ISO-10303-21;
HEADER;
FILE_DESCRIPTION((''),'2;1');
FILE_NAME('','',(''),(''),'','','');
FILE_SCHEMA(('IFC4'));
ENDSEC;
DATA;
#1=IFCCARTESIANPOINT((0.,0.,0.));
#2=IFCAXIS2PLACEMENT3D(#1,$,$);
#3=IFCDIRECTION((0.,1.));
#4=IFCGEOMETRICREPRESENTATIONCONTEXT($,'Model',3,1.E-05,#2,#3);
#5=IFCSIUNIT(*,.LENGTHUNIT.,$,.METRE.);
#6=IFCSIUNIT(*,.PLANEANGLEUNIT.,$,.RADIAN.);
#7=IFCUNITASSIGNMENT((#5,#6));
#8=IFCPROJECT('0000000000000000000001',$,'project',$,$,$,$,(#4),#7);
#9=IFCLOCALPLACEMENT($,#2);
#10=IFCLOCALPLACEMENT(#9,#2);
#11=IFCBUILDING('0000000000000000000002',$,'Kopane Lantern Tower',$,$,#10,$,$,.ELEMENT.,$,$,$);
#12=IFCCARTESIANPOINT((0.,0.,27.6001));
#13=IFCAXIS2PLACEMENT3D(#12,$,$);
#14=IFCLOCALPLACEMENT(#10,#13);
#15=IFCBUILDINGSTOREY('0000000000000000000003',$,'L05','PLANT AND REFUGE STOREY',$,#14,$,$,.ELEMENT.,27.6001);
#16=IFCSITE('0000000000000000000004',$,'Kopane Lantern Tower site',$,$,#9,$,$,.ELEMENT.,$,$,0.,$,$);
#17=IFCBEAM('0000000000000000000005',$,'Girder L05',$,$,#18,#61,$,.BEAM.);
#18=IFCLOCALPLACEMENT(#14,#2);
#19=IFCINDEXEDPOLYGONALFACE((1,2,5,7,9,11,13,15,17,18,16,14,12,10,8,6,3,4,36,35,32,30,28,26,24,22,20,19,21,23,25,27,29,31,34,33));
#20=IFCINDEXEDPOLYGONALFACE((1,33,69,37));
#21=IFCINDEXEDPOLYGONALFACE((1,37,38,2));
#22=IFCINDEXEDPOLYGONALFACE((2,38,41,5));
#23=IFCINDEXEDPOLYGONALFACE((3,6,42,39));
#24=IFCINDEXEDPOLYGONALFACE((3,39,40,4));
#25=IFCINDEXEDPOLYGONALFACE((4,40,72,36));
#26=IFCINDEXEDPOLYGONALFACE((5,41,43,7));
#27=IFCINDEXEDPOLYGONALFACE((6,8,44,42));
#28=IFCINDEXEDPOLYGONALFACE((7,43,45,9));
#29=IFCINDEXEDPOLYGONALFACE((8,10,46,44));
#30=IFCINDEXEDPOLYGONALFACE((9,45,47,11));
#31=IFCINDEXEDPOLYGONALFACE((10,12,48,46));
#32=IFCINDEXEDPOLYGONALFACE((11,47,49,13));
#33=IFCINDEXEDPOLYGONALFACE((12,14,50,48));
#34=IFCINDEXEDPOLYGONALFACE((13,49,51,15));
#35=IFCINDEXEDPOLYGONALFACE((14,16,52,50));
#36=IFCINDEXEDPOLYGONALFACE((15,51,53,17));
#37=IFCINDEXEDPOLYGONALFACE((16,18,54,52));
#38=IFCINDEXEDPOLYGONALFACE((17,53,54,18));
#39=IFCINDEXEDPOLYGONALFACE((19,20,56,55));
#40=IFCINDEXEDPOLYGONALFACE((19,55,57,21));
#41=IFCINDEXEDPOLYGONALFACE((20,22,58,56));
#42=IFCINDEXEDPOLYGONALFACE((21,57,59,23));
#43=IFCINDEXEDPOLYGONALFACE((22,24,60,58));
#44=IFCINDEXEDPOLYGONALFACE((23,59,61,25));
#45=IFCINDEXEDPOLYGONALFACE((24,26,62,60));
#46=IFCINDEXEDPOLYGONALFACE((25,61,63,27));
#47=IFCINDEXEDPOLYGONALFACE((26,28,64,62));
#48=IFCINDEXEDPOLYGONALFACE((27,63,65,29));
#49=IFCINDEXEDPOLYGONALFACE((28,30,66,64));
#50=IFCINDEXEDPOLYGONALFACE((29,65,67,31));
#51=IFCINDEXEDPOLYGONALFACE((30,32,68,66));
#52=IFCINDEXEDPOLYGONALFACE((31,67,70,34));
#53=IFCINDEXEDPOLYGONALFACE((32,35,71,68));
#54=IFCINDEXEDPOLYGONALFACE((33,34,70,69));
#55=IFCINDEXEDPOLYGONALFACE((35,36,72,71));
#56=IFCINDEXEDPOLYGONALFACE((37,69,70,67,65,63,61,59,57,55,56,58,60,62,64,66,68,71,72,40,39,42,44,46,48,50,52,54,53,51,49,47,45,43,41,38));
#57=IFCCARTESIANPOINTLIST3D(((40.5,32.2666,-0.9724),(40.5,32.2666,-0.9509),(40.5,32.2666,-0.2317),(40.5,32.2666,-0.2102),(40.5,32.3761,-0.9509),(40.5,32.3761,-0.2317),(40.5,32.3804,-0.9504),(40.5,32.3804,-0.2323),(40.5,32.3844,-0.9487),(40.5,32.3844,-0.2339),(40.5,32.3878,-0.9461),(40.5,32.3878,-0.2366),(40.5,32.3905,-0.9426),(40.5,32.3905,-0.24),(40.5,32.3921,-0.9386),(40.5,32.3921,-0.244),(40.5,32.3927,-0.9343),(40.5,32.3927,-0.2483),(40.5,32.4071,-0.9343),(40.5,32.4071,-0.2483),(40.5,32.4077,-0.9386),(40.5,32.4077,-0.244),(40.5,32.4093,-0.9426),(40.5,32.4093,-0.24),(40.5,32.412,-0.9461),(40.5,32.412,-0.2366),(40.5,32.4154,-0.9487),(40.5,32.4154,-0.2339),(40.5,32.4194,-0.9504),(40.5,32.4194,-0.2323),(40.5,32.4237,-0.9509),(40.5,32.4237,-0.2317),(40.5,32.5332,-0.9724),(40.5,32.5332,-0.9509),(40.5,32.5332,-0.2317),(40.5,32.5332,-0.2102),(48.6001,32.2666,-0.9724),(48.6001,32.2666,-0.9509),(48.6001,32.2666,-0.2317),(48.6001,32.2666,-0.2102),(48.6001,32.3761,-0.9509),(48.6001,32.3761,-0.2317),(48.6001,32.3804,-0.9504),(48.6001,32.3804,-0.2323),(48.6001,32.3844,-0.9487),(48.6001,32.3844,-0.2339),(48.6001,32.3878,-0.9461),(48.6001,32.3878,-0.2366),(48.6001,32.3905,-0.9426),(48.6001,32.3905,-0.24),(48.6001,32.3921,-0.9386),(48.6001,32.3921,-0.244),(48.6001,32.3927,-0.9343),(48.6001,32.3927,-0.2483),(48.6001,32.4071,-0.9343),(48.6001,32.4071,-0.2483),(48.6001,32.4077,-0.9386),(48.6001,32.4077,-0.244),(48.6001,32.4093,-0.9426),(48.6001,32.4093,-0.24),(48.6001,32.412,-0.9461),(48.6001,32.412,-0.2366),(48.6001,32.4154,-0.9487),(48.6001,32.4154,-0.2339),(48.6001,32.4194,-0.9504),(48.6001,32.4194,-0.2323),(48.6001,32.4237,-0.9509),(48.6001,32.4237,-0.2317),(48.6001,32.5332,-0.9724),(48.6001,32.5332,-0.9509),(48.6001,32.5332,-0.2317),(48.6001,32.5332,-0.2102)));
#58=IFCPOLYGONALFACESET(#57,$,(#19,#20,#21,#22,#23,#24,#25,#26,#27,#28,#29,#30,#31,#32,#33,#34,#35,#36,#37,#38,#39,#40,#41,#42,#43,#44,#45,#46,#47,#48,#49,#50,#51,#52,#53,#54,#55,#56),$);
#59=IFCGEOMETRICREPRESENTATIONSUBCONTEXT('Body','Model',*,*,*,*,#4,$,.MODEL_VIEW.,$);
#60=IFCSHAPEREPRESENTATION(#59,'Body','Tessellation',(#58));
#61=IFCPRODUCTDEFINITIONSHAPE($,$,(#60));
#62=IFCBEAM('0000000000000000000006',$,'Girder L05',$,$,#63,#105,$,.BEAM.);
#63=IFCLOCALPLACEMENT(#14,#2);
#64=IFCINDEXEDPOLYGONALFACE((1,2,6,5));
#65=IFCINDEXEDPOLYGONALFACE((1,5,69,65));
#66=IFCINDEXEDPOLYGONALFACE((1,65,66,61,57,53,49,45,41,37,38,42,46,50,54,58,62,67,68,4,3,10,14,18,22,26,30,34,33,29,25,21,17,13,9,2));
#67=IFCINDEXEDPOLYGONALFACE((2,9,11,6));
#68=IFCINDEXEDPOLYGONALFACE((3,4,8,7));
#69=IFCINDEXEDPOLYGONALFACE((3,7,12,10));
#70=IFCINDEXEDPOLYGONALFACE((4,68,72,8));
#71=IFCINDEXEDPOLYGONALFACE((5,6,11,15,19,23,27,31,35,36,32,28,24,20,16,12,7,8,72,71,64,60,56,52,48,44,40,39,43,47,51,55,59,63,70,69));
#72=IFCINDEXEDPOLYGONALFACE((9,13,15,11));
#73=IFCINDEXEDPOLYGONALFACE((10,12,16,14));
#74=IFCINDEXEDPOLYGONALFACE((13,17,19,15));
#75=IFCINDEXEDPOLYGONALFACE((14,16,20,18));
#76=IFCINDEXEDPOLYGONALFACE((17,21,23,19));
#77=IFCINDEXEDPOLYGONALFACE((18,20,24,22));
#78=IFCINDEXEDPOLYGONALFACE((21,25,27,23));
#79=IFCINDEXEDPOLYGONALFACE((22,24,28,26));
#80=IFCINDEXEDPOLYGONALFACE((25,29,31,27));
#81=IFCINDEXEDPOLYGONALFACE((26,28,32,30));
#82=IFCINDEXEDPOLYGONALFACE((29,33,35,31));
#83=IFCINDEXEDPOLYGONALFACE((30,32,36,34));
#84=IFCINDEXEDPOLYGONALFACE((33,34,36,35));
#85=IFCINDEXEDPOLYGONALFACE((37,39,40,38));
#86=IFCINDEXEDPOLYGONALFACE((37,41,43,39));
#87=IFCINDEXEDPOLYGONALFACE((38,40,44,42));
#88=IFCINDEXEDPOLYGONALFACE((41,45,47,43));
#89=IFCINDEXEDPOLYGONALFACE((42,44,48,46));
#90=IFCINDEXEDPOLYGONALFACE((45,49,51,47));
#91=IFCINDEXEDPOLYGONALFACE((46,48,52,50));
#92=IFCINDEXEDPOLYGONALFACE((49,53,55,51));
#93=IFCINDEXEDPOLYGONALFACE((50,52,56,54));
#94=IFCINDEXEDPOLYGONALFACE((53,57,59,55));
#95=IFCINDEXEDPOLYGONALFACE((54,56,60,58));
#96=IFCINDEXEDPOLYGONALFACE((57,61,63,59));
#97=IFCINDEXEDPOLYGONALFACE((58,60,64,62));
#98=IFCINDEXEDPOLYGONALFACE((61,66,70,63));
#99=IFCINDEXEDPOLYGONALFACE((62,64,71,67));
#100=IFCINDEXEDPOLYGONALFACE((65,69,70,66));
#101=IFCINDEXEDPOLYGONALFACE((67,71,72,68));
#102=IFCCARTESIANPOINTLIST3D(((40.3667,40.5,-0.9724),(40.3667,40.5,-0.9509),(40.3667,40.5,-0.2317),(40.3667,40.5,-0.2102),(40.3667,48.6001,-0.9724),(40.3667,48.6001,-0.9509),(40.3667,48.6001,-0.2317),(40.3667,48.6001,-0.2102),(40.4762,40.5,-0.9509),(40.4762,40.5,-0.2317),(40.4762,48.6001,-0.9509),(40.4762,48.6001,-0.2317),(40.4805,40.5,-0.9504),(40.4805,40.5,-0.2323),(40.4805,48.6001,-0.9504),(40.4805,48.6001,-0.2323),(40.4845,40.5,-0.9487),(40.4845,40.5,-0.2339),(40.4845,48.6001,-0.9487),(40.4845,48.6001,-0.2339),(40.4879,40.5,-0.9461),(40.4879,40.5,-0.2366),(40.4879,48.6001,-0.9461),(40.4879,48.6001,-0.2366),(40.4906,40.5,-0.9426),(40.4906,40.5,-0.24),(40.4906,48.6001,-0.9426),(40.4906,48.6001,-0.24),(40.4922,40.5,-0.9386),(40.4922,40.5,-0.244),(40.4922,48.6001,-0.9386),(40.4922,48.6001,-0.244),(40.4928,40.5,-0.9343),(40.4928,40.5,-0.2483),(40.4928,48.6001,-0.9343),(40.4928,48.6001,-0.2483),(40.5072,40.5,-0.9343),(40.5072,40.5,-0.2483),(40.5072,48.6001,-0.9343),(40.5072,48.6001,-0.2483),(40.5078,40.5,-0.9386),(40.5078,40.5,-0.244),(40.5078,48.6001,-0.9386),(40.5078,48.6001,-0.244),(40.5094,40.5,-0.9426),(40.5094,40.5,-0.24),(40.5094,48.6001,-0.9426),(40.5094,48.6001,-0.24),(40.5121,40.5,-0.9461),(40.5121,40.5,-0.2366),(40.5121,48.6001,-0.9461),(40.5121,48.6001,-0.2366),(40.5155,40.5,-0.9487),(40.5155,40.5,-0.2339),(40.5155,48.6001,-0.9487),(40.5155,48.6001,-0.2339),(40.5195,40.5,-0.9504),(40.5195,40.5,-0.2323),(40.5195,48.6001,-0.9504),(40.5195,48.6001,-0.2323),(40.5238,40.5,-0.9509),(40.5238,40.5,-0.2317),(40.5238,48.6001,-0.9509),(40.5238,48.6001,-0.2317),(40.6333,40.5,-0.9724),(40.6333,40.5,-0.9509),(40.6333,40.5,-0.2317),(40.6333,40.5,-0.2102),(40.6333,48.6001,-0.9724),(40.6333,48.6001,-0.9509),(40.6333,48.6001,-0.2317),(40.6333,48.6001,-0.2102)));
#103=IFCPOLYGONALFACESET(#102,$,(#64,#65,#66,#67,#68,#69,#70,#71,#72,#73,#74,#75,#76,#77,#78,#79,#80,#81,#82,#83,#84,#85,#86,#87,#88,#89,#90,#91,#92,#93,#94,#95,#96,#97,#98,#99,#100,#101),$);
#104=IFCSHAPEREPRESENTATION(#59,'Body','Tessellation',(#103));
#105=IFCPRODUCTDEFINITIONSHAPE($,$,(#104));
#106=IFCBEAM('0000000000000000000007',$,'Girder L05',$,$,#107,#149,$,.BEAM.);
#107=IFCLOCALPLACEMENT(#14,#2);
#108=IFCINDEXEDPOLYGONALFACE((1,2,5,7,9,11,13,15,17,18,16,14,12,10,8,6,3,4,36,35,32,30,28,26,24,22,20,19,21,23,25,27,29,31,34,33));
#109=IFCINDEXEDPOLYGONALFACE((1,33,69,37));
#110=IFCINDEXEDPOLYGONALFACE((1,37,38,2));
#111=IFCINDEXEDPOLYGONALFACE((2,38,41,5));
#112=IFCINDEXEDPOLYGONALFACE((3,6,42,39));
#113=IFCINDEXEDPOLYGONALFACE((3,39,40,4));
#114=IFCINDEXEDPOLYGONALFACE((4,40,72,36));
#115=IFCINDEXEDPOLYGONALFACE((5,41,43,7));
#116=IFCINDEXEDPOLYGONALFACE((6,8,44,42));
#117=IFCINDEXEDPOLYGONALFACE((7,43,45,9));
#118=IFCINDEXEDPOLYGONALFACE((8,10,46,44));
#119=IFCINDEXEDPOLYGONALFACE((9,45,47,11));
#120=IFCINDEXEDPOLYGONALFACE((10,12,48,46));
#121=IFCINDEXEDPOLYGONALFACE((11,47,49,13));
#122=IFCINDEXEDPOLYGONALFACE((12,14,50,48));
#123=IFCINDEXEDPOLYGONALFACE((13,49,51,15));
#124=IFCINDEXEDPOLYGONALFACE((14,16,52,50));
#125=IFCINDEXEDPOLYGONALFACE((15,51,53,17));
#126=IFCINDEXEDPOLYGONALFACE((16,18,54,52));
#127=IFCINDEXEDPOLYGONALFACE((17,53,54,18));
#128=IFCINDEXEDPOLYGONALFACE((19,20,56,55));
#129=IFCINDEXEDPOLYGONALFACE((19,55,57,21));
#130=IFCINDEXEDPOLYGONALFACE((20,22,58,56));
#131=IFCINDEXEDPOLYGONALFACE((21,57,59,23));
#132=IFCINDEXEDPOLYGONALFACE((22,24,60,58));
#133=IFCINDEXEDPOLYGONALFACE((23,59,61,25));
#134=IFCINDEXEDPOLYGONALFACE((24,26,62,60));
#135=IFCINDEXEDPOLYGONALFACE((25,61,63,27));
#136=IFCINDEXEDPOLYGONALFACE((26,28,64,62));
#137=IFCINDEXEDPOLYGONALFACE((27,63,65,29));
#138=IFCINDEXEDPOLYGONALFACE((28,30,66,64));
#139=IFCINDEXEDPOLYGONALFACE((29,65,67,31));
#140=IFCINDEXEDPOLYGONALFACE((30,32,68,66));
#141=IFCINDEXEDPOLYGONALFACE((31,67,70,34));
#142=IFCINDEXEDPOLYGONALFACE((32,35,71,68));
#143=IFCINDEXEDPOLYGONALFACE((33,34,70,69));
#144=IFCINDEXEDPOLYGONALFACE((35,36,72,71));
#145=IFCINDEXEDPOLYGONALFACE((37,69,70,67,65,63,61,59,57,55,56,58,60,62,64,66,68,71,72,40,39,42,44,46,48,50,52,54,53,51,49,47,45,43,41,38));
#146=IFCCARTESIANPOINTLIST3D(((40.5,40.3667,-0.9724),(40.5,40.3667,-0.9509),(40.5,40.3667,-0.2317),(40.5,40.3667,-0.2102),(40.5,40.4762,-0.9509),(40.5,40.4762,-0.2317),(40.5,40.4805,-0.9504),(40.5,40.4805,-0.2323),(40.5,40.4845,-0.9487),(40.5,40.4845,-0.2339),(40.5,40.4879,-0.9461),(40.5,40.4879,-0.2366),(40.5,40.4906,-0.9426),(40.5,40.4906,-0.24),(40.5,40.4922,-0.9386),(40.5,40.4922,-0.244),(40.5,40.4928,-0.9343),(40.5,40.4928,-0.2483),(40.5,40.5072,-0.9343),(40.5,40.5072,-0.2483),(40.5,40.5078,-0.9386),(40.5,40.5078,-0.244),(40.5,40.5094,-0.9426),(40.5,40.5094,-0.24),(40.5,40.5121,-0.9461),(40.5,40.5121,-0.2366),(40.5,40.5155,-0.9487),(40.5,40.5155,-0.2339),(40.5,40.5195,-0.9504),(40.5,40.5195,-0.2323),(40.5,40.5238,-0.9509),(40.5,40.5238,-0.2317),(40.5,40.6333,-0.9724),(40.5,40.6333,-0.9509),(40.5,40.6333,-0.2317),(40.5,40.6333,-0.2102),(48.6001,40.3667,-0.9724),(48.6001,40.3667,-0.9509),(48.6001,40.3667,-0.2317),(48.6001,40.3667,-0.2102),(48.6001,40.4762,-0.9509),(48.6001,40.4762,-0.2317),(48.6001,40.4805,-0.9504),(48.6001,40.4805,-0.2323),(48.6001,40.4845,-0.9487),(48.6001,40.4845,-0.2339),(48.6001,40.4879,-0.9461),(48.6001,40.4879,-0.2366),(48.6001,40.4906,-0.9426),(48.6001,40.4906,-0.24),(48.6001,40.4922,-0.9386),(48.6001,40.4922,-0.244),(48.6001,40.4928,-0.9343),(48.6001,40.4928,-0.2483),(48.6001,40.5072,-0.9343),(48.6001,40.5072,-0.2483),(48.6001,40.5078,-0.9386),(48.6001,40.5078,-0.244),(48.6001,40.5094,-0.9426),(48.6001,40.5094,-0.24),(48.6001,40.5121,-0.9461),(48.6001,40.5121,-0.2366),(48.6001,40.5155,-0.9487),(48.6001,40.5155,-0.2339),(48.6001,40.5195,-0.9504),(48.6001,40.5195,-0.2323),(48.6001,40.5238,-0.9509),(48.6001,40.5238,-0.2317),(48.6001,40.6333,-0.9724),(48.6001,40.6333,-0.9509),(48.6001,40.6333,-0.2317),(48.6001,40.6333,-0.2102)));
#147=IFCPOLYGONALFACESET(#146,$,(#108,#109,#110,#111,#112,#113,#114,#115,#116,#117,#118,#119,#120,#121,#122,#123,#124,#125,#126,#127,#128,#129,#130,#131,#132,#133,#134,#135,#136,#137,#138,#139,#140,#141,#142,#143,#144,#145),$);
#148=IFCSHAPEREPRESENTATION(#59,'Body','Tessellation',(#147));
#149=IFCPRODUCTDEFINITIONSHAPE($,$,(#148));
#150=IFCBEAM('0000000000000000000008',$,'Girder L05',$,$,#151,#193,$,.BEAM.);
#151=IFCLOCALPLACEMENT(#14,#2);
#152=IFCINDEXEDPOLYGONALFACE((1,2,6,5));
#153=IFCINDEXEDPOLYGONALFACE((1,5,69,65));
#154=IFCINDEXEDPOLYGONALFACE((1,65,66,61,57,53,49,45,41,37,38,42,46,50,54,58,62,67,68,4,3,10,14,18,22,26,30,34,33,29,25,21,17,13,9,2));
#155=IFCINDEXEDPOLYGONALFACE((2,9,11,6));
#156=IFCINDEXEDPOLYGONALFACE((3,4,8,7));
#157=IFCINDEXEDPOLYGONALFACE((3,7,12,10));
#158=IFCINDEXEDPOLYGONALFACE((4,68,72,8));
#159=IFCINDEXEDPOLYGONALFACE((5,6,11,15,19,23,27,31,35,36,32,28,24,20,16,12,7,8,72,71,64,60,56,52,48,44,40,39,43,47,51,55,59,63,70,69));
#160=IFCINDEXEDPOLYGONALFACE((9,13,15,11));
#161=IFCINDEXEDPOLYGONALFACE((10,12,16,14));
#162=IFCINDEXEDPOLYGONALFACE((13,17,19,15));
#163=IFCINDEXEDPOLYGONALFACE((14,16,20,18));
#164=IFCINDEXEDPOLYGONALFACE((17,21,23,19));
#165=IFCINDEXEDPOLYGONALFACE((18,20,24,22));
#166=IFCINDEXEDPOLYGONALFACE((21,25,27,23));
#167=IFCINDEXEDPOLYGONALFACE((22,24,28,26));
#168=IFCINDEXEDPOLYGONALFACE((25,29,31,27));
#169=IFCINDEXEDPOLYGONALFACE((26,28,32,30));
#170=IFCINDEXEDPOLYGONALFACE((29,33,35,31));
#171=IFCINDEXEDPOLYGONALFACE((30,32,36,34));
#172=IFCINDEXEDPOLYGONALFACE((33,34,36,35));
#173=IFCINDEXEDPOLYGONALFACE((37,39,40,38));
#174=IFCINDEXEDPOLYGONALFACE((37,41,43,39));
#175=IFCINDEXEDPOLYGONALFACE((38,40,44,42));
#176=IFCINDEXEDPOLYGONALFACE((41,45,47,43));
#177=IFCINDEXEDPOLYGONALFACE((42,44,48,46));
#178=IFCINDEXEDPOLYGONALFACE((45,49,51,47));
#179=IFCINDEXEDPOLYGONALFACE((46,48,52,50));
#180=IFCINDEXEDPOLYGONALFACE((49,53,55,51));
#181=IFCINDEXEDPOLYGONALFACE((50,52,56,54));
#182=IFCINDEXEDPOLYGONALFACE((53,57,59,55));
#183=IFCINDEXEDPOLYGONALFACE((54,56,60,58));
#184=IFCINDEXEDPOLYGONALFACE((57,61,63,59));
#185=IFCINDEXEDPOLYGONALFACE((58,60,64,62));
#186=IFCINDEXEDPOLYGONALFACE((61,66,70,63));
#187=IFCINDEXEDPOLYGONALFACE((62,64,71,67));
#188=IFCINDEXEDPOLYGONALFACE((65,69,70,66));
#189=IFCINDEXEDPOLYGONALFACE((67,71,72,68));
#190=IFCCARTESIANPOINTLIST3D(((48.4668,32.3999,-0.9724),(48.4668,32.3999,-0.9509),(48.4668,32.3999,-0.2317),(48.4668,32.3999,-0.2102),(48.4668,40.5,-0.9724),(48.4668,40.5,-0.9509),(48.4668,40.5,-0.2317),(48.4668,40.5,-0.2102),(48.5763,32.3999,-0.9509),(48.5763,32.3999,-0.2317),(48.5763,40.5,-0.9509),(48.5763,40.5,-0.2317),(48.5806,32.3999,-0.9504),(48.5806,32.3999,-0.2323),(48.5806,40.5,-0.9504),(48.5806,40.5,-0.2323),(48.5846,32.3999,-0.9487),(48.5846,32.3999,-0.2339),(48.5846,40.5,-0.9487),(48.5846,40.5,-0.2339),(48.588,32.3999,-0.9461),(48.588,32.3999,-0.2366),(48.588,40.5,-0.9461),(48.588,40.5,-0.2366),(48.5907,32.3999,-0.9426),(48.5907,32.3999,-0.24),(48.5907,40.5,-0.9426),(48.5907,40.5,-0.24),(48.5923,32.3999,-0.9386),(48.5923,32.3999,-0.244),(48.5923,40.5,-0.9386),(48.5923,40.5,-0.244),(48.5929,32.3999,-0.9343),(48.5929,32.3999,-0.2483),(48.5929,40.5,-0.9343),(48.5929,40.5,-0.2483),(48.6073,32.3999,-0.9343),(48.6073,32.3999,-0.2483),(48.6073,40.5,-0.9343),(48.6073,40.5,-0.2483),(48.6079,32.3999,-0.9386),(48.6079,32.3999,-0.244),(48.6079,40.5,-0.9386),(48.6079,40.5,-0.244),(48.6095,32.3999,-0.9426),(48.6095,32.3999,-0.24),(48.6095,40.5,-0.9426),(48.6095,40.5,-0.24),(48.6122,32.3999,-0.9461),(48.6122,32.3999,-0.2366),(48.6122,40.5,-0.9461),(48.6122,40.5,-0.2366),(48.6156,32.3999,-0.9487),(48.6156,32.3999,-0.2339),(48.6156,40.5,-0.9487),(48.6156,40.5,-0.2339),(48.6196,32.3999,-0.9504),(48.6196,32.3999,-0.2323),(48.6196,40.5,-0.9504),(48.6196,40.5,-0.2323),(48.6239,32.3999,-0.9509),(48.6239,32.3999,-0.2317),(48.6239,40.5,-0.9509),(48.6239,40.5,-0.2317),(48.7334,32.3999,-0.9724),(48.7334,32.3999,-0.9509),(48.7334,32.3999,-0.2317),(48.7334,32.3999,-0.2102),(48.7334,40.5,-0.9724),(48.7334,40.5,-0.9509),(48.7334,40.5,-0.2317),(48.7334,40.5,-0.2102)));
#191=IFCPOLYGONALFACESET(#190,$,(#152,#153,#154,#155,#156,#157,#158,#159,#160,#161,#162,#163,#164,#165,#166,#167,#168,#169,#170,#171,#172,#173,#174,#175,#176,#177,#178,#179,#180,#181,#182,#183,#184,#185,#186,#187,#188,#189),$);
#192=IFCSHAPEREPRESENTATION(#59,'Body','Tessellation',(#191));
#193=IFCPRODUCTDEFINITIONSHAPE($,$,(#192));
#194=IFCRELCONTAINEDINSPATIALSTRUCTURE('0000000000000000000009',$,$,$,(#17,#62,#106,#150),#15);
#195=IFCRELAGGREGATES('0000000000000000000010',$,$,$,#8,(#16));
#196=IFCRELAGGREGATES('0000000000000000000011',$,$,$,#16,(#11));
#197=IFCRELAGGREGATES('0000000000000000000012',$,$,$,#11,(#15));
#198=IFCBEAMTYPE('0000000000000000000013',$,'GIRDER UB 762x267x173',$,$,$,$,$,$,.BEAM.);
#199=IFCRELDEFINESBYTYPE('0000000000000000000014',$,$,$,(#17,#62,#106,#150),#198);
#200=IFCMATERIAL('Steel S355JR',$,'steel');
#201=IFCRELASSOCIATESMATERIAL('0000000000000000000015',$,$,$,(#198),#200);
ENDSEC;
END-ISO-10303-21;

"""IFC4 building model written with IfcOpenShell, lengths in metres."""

from ifc_helpers import new_model, si_unit, direction, frame, origin, origin_2d, place, context, subcontext, project, spatial, i_section, extrude, material, material_profile, profile_set, type_object, element, save


model = new_model("IFC4")

# Units and contexts
model_context = context("Model", 3, precision=1e-05, world=origin(), true_north=direction((0.0, 1.0)))
body_context = subcontext(model_context, "Body", "Model", "MODEL_VIEW")
ifc_project = project(units=[si_unit("LENGTHUNIT", "METRE"), si_unit("PLANEANGLEUNIT", "RADIAN")], contexts=[model_context])

# Site, building, storey
site_placement = place(None, origin())
site = spatial("IfcSite", under=ifc_project, at=site_placement, Name="Kopane Lantern Tower site", CompositionType="ELEMENT", RefElevation=0.0)
building_placement = place(site_placement, origin())
building = spatial("IfcBuilding", under=site, at=building_placement, Name="Kopane Lantern Tower", CompositionType="ELEMENT")
storey_placement = place(building_placement, frame((0.0, 0.0, 27.6001)))
storey = spatial("IfcBuildingStorey", under=building, at=storey_placement, Name="L05", Description="PLANT AND REFUGE STOREY", CompositionType="ELEMENT", Elevation=27.6001)

# Beams
ifc_material_1 = material(Name="Steel S355JR", Category="steel")
ifc_material_profile_1 = material_profile(ifc_material_1, i_section(OverallWidth=0.2666, OverallDepth=0.7622, WebThickness=0.0144, FlangeThickness=0.0215, FilletRadius=0.0166, at=origin_2d()), Name="UB 762x267x173")
ifc_profile_set_1 = profile_set([ifc_material_profile_1], Name="Steel S355JR")
beam_type = type_object("IfcBeamType", Name="GIRDER UB 762x267x173", PredefinedType="BEAM", material=ifc_profile_set_1)
for number, where, z_axis, x_axis, name in (
    (1, (40.5, 32.3999, -0.5913), (1.0, 0.0, 0.0), (0.0, 1.0, 0.0), "Girder L05"),
    (2, (40.5, 40.5, -0.5913), (0.0, 1.0, 0.0), (-1.0, 0.0, 0.0), "Girder L05"),
    (3, (40.5, 40.5, -0.5913), (1.0, 0.0, 0.0), (0.0, 1.0, 0.0), "Girder L05"),
    (4, (48.6001, 32.3999, -0.5913), (0.0, 1.0, 0.0), (-1.0, 0.0, 0.0), "Girder L05"),
):
    element("IfcBeam", number, at=place(storey_placement, frame(where, z_axis=z_axis, x_axis=x_axis)), inside=storey, type_object=beam_type, Name=name, PredefinedType="BEAM", context=body_context, shape_type="SweptSolid", body=[
        extrude(i_section(OverallWidth=0.2666, OverallDepth=0.7622, WebThickness=0.0144, FlangeThickness=0.0215, FilletRadius=0.0166, at=origin_2d()), origin(), (0.0, 0.0, 1.0), 8.1001),
    ])

save(model, "model.ifc")
